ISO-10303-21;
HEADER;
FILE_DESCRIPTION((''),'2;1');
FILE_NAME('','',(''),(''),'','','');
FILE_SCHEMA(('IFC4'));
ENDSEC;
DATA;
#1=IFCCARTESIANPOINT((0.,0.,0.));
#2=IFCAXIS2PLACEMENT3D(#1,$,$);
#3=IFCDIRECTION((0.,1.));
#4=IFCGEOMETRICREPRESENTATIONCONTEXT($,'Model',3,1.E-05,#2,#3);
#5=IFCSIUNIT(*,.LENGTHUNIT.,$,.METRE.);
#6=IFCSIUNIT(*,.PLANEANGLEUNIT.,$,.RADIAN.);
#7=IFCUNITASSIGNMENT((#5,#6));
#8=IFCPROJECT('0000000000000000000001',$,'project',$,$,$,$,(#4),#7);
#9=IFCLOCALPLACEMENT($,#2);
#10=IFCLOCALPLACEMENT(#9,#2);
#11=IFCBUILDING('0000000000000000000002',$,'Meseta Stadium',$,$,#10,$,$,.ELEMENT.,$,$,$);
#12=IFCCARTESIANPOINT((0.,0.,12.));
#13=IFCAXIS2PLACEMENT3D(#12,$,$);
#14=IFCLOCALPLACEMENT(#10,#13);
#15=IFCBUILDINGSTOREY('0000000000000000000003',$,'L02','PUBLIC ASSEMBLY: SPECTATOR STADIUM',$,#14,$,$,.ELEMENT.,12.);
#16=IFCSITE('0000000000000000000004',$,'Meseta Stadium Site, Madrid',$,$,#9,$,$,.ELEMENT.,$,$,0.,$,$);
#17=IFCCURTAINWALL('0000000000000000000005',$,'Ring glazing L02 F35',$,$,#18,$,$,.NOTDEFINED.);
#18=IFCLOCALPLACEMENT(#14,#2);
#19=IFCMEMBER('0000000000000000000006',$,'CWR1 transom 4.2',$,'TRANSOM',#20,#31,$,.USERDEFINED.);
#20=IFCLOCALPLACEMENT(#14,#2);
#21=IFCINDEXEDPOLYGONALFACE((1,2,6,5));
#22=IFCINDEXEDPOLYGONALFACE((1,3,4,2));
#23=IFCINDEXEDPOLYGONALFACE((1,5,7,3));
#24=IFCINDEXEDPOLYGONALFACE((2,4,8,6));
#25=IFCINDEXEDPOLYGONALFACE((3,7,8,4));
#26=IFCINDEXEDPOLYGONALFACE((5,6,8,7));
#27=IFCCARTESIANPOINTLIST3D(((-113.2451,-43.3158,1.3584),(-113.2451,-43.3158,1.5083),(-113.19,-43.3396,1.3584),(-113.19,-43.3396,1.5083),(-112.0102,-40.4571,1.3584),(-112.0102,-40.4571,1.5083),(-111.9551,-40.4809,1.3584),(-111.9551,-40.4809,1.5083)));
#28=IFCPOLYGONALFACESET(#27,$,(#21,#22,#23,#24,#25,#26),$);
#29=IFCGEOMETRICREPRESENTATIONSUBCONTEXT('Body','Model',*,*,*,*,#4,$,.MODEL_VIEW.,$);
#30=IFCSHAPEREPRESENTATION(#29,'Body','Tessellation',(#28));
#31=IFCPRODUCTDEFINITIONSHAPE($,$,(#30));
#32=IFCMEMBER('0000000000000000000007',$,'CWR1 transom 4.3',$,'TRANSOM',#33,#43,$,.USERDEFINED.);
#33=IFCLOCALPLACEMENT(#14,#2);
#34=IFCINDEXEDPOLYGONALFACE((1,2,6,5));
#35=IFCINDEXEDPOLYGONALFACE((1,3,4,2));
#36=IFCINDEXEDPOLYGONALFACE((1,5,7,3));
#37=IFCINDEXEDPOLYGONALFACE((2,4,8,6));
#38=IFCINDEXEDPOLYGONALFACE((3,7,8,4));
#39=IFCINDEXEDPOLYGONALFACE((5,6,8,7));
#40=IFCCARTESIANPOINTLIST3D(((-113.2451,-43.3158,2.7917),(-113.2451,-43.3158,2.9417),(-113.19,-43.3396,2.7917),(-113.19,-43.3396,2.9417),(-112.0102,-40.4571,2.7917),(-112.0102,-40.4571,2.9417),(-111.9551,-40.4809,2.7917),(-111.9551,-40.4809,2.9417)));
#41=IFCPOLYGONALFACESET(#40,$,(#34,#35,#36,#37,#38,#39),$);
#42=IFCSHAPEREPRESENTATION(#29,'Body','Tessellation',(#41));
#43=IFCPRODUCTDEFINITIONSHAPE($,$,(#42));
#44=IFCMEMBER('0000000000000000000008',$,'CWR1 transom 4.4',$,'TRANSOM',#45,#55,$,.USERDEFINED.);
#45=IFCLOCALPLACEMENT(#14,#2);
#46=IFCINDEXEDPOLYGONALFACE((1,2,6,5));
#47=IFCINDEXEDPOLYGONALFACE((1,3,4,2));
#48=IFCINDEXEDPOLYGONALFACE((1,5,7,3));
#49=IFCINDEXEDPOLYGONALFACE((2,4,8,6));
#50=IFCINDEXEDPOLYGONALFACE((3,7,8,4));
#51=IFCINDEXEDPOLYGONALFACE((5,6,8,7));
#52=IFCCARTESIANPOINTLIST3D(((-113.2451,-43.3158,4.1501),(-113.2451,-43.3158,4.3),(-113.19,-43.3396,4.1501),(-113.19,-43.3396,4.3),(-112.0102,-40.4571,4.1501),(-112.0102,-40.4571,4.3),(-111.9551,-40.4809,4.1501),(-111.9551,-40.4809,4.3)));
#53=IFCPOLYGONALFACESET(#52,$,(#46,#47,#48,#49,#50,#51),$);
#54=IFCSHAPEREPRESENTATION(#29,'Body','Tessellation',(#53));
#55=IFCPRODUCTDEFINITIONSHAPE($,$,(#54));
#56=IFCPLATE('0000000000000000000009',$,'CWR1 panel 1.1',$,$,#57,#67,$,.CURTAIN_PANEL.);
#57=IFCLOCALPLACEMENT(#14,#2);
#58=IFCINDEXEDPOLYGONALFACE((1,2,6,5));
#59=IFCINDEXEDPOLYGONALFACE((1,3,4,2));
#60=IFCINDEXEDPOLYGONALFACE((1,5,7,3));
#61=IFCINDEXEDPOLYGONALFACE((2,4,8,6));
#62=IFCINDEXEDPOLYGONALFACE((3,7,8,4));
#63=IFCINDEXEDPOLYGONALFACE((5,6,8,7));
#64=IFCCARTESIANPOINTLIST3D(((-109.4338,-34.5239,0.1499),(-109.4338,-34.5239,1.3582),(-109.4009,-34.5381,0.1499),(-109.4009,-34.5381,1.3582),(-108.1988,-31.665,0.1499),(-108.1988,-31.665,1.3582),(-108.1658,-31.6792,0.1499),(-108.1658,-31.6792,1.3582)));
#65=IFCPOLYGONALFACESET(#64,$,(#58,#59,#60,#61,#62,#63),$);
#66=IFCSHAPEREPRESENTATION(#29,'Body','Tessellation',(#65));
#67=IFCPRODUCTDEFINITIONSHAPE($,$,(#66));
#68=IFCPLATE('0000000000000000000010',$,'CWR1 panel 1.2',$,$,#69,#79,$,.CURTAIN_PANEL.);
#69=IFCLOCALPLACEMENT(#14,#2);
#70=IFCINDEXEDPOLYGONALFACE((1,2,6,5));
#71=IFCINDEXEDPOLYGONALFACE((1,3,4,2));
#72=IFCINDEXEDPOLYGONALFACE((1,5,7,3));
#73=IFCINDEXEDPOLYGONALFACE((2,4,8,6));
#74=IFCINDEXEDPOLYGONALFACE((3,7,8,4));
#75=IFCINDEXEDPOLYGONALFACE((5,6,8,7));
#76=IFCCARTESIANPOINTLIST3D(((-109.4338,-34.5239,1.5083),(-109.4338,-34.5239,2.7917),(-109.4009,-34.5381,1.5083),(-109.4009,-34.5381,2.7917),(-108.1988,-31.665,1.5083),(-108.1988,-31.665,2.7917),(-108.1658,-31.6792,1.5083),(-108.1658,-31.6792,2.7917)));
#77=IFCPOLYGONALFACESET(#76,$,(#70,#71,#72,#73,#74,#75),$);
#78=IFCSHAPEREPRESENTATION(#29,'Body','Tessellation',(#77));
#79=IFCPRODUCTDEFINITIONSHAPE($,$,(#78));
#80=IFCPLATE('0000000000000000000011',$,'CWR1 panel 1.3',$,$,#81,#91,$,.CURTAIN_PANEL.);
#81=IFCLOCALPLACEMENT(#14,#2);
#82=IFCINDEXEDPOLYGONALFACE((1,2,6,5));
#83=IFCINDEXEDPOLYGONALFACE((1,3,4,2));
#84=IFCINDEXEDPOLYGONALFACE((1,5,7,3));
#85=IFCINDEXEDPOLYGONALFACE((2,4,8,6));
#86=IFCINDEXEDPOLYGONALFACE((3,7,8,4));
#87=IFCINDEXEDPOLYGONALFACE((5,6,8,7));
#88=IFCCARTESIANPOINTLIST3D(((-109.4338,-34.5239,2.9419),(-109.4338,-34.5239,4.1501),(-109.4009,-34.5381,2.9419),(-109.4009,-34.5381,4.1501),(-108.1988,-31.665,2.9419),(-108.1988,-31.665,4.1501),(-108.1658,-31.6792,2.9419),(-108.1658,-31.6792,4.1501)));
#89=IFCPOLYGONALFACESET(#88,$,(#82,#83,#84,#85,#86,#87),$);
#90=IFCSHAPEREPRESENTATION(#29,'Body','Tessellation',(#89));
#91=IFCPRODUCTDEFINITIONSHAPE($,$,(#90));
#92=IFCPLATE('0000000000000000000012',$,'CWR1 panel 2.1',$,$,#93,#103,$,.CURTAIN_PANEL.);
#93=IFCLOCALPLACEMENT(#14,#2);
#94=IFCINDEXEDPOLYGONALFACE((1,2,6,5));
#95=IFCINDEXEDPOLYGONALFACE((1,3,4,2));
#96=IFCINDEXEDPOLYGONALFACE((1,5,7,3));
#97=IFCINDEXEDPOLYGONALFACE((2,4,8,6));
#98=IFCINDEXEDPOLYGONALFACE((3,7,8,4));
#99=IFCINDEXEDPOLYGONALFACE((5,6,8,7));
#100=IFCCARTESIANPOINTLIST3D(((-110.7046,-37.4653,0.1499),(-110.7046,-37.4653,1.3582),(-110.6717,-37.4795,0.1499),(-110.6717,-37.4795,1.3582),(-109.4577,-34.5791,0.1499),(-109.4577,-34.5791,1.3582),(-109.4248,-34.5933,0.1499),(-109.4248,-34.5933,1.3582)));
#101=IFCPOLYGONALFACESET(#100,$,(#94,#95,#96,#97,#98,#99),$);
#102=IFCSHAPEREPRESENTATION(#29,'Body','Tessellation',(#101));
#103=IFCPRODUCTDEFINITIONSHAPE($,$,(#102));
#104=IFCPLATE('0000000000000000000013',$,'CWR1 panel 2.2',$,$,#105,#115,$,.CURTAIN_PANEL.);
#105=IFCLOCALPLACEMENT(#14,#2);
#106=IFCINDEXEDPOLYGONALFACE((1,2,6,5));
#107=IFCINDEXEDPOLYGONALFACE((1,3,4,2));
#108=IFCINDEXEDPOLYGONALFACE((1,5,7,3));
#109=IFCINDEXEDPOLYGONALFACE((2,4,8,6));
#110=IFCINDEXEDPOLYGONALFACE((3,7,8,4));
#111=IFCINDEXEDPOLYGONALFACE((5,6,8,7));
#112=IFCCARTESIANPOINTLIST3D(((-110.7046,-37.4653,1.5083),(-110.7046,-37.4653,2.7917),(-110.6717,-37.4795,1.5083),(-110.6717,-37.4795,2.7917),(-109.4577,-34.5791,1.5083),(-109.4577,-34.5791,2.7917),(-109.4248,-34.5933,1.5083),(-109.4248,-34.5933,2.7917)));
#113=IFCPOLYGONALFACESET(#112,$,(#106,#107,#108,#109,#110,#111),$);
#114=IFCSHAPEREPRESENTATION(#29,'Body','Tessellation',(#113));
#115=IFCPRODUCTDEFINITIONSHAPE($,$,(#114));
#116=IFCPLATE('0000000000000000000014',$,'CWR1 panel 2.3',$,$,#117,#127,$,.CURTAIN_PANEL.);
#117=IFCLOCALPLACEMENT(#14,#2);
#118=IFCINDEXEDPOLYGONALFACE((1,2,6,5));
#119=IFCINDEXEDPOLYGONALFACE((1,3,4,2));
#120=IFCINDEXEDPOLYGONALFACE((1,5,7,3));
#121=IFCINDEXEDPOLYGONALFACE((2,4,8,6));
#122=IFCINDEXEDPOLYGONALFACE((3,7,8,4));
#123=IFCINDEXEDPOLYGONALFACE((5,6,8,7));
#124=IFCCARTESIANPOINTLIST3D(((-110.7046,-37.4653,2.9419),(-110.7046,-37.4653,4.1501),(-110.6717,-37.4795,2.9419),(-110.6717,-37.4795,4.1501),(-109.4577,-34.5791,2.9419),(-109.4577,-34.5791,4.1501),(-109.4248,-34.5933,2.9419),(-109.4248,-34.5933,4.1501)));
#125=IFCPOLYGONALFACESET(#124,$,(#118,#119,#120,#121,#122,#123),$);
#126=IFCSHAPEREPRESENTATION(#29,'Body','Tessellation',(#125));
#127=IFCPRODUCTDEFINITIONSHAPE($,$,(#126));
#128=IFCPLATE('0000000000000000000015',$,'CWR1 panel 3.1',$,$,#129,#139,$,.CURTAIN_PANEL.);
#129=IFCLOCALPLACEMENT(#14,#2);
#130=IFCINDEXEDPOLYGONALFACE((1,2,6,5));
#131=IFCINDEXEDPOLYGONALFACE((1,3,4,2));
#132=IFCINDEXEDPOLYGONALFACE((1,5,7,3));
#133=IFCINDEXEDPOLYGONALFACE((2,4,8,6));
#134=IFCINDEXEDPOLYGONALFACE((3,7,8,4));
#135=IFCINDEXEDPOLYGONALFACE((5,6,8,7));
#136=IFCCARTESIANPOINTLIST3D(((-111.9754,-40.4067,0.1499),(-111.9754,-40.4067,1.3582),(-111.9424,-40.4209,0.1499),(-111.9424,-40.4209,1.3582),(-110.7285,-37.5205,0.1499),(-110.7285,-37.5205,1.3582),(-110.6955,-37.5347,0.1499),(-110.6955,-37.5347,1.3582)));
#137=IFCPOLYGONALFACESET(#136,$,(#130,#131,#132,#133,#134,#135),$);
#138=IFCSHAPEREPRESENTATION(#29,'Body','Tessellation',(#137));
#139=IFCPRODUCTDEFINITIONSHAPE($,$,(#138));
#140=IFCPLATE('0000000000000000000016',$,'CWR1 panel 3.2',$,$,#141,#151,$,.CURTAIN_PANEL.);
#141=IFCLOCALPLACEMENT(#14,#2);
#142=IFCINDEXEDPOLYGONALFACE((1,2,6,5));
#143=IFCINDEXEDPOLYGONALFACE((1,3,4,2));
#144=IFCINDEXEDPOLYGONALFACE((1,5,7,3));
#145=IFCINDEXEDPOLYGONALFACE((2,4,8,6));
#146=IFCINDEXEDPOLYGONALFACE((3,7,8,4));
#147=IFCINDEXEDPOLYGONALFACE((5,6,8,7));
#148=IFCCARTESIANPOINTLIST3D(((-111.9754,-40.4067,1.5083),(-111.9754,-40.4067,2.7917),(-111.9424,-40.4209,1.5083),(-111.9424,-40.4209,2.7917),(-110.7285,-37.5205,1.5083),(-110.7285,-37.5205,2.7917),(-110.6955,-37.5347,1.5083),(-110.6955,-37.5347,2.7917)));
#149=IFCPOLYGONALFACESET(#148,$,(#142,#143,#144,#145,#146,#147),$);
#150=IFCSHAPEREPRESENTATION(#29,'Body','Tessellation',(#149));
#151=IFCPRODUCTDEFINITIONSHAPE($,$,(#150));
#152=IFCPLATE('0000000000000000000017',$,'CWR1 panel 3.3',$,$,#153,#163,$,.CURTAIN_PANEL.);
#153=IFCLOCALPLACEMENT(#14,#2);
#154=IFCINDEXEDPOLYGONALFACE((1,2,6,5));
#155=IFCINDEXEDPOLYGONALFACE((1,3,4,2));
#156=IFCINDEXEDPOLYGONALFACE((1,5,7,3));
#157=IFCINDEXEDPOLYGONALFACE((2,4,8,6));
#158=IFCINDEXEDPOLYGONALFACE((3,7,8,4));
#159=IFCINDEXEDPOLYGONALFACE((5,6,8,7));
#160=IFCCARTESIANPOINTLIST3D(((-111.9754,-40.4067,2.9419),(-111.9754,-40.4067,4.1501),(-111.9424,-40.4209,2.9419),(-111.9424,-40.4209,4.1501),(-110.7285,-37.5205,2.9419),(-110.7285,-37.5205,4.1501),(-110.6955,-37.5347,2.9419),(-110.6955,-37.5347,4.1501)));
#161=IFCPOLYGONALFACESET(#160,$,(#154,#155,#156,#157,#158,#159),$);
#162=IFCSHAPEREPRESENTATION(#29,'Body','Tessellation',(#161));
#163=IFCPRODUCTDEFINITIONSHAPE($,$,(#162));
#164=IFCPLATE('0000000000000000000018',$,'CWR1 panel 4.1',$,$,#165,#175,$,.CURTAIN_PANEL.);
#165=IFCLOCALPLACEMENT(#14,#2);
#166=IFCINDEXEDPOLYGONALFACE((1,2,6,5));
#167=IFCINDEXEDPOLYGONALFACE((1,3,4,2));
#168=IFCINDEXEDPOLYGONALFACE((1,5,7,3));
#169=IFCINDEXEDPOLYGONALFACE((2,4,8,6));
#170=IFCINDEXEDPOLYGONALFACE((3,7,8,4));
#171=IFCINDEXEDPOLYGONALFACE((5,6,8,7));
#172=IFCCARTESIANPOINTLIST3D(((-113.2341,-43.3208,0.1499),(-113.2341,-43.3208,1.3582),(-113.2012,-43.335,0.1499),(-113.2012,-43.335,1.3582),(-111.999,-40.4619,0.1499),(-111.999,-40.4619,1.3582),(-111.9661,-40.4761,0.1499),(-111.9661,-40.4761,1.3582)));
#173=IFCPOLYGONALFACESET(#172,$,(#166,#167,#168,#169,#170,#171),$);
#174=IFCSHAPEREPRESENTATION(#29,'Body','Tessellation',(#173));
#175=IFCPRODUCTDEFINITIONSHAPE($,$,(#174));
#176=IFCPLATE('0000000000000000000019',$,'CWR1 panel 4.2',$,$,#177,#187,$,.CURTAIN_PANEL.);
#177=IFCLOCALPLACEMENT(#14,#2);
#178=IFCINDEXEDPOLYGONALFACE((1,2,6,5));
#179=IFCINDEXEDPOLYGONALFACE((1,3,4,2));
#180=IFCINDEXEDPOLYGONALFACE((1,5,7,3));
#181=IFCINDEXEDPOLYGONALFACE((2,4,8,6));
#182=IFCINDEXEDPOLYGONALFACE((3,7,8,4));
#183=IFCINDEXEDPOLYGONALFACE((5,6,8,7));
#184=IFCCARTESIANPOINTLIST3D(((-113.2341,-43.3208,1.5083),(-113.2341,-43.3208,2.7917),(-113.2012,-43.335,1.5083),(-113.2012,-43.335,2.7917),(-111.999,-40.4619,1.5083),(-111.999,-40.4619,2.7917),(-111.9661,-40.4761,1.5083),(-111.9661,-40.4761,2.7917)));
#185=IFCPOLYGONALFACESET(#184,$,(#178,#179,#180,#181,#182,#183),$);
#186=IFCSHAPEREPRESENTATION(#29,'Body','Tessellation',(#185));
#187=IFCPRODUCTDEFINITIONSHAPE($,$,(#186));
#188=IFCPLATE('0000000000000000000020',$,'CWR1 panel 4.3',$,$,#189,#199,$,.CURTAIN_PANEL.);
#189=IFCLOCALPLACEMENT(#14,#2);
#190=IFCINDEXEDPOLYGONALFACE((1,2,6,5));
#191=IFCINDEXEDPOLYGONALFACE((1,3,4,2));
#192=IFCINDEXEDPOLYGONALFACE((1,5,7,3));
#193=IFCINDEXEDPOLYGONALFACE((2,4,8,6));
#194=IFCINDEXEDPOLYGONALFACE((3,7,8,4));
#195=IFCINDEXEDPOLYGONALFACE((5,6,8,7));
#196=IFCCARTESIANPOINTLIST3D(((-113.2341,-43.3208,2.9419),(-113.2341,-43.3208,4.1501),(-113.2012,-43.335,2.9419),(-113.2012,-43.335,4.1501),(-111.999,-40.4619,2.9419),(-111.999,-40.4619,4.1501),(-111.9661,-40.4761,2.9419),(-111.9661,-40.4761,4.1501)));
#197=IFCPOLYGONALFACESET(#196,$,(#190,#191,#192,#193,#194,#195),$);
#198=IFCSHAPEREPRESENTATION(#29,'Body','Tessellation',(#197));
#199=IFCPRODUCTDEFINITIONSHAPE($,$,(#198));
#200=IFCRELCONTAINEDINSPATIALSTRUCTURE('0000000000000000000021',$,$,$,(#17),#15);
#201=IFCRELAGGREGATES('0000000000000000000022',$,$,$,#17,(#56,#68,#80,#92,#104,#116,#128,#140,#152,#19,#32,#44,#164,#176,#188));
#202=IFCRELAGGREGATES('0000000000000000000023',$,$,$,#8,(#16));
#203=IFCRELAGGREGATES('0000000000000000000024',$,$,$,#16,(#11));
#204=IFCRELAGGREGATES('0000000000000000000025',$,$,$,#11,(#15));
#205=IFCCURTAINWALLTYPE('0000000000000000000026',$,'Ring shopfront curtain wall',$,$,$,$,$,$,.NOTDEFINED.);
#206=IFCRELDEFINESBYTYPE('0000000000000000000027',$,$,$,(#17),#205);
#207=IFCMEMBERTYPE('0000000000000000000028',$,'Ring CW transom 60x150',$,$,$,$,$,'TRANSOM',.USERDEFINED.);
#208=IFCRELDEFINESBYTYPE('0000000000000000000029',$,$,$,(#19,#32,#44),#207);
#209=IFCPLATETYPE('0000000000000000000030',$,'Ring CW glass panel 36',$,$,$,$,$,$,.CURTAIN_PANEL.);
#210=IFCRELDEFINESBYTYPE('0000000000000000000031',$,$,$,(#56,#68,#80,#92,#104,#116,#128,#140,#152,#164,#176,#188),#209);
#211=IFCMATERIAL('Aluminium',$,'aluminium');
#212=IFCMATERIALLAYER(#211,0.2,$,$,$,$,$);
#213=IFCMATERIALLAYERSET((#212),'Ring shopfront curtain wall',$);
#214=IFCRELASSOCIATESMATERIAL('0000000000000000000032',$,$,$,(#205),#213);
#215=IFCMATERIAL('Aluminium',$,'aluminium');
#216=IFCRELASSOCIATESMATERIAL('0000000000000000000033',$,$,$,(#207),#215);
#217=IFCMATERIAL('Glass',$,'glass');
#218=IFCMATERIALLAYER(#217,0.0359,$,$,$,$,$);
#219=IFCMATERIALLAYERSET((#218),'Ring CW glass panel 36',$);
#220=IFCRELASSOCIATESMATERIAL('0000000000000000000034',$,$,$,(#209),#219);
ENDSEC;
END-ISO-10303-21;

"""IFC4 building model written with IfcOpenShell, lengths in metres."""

from ifc_helpers import new_model, si_unit, direction, frame, origin, origin_2d, place, context, subcontext, project, spatial, rectangle, extrude, material, layer, layer_set, material_profile, profile_set, type_object, element, aggregate, save


model = new_model("IFC4")

# Units and contexts
model_context = context("Model", 3, precision=1e-05, world=origin(), true_north=direction((0.0, 1.0)))
body_context = subcontext(model_context, "Body", "Model", "MODEL_VIEW")
ifc_project = project(units=[si_unit("LENGTHUNIT", "METRE"), si_unit("PLANEANGLEUNIT", "RADIAN")], contexts=[model_context])

# Site, building, storey
site_placement = place(None, origin())
site = spatial("IfcSite", under=ifc_project, at=site_placement, Name="Meseta Stadium Site, Madrid", CompositionType="ELEMENT", RefElevation=0.0)
building_placement = place(site_placement, origin())
building = spatial("IfcBuilding", under=site, at=building_placement, Name="Meseta Stadium", CompositionType="ELEMENT")
storey_placement = place(building_placement, frame((0.0, 0.0, 12.0)))
storey = spatial("IfcBuildingStorey", under=building, at=storey_placement, Name="L02", Description="PUBLIC ASSEMBLY: SPECTATOR STADIUM", CompositionType="ELEMENT", Elevation=12.0)

# Curtain wall, members, plates
ifc_material_1 = material(Name="Aluminium", Category="aluminium")
ifc_layer_1 = layer(ifc_material_1, 0.2)
ifc_layer_set_1 = layer_set([ifc_layer_1], Name="Ring shopfront curtain wall")
curtain_wall_type = type_object("IfcCurtainWallType", Name="Ring shopfront curtain wall", PredefinedType="NOTDEFINED", material=ifc_layer_set_1)
curtain_wall_placement = place(storey_placement, origin())
curtain_wall = element("IfcCurtainWall", 1, at=curtain_wall_placement, inside=storey, type_object=curtain_wall_type, Name="Ring glazing L02 F35", PredefinedType="NOTDEFINED")
ifc_material_2 = material(Name="Aluminium", Category="aluminium")
ifc_material_profile_1 = material_profile(ifc_material_2, rectangle(XDim=0.0601, YDim=0.1499, at=origin_2d()), Name="CW 60x150")
ifc_profile_set_1 = profile_set([ifc_material_profile_1], Name="Aluminium")
member_type_1 = type_object("IfcMemberType", Name="Ring CW transom 60x150", ElementType="TRANSOM", PredefinedType="USERDEFINED", material=ifc_profile_set_1)
member_1_placement = place(storey_placement, frame((-111.9827, -40.469, 1.4333), z_axis=(-0.396558, -0.91801, 0.0), x_axis=(0.91801, -0.396558, 0.0)))
member_1 = element("IfcMember", 2, at=member_1_placement, type_object=member_type_1, Name="CWR1 transom 4.2", ObjectType="TRANSOM", PredefinedType="USERDEFINED", context=body_context, shape_type="SweptSolid", body=[
    extrude(rectangle(XDim=0.0601, YDim=0.1499, at=origin_2d()), origin(), (0.0, 0.0, 1.0), 3.114),
])
member_2_placement = place(storey_placement, frame((-111.9827, -40.469, 2.8667), z_axis=(-0.396558, -0.91801, 0.0), x_axis=(0.91801, -0.396558, 0.0)))
member_2 = element("IfcMember", 3, at=member_2_placement, type_object=member_type_1, Name="CWR1 transom 4.3", ObjectType="TRANSOM", PredefinedType="USERDEFINED", context=body_context, shape_type="SweptSolid", body=[
    extrude(rectangle(XDim=0.0601, YDim=0.1499, at=origin_2d()), origin(), (0.0, 0.0, 1.0), 3.114),
])
member_3_placement = place(storey_placement, frame((-111.9827, -40.469, 4.2251), z_axis=(-0.396558, -0.91801, 0.0), x_axis=(0.91801, -0.396558, 0.0)))
member_3 = element("IfcMember", 4, at=member_3_placement, type_object=member_type_1, Name="CWR1 transom 4.4", ObjectType="TRANSOM", PredefinedType="USERDEFINED", context=body_context, shape_type="SweptSolid", body=[
    extrude(rectangle(XDim=0.0601, YDim=0.1499, at=origin_2d()), origin(), (0.0, 0.0, 1.0), 3.114),
])
ifc_material_3 = material(Name="Glass", Category="glass")
ifc_layer_2 = layer(ifc_material_3, 0.0359)
ifc_layer_set_2 = layer_set([ifc_layer_2], Name="Ring CW glass panel 36")
plate_type_1 = type_object("IfcPlateType", Name="Ring CW glass panel 36", PredefinedType="CURTAIN_PANEL", material=ifc_layer_set_2)
plate_1_placement = place(storey_placement, frame((-108.7998, -33.1016, 0.1499), z_axis=(0.0, 0.0, 1.0), x_axis=(-0.396581, -0.918, 0.0)))
plate_1 = element("IfcPlate", 5, at=plate_1_placement, type_object=plate_type_1, Name="CWR1 panel 1.1", PredefinedType="CURTAIN_PANEL", context=body_context, shape_type="SweptSolid", body=[
    extrude(rectangle(XDim=3.1143, YDim=0.0359, at=origin_2d()), origin(), (0.0, 0.0, 1.0), 1.2083),
])
plate_2_placement = place(storey_placement, frame((-108.7998, -33.1016, 1.5083), z_axis=(0.0, 0.0, 1.0), x_axis=(-0.396581, -0.918, 0.0)))
plate_2 = element("IfcPlate", 6, at=plate_2_placement, type_object=plate_type_1, Name="CWR1 panel 1.2", PredefinedType="CURTAIN_PANEL", context=body_context, shape_type="SweptSolid", body=[
    extrude(rectangle(XDim=3.1143, YDim=0.0359, at=origin_2d()), origin(), (0.0, 0.0, 1.0), 1.2834),
])
plate_3_placement = place(storey_placement, frame((-108.7998, -33.1016, 2.9419), z_axis=(0.0, 0.0, 1.0), x_axis=(-0.396581, -0.918, 0.0)))
plate_3 = element("IfcPlate", 7, at=plate_3_placement, type_object=plate_type_1, Name="CWR1 panel 1.3", PredefinedType="CURTAIN_PANEL", context=body_context, shape_type="SweptSolid", body=[
    extrude(rectangle(XDim=3.1143, YDim=0.0359, at=origin_2d()), origin(), (0.0, 0.0, 1.0), 1.2083),
])
plate_4_placement = place(storey_placement, frame((-110.0647, -36.0293, 0.1499), z_axis=(0.0, 0.0, 1.0), x_axis=(-0.396581, -0.918, 0.0)))
plate_4 = element("IfcPlate", 8, at=plate_4_placement, type_object=plate_type_1, Name="CWR1 panel 2.1", PredefinedType="CURTAIN_PANEL", context=body_context, shape_type="SweptSolid", body=[
    extrude(rectangle(XDim=3.144, YDim=0.0359, at=origin_2d()), origin(), (0.0, 0.0, 1.0), 1.2083),
])
plate_5_placement = place(storey_placement, frame((-110.0647, -36.0293, 1.5083), z_axis=(0.0, 0.0, 1.0), x_axis=(-0.396581, -0.918, 0.0)))
plate_5 = element("IfcPlate", 9, at=plate_5_placement, type_object=plate_type_1, Name="CWR1 panel 2.2", PredefinedType="CURTAIN_PANEL", context=body_context, shape_type="SweptSolid", body=[
    extrude(rectangle(XDim=3.144, YDim=0.0359, at=origin_2d()), origin(), (0.0, 0.0, 1.0), 1.2834),
])
plate_6_placement = place(storey_placement, frame((-110.0647, -36.0293, 2.9419), z_axis=(0.0, 0.0, 1.0), x_axis=(-0.396581, -0.918, 0.0)))
plate_6 = element("IfcPlate", 10, at=plate_6_placement, type_object=plate_type_1, Name="CWR1 panel 2.3", PredefinedType="CURTAIN_PANEL", context=body_context, shape_type="SweptSolid", body=[
    extrude(rectangle(XDim=3.144, YDim=0.0359, at=origin_2d()), origin(), (0.0, 0.0, 1.0), 1.2083),
])
plate_7_placement = place(storey_placement, frame((-111.3354, -38.9707, 0.1499), z_axis=(0.0, 0.0, 1.0), x_axis=(-0.396581, -0.918, 0.0)))
plate_7 = element("IfcPlate", 11, at=plate_7_placement, type_object=plate_type_1, Name="CWR1 panel 3.1", PredefinedType="CURTAIN_PANEL", context=body_context, shape_type="SweptSolid", body=[
    extrude(rectangle(XDim=3.144, YDim=0.0359, at=origin_2d()), origin(), (0.0, 0.0, 1.0), 1.2083),
])
plate_8_placement = place(storey_placement, frame((-111.3354, -38.9707, 1.5083), z_axis=(0.0, 0.0, 1.0), x_axis=(-0.396581, -0.918, 0.0)))
plate_8 = element("IfcPlate", 12, at=plate_8_placement, type_object=plate_type_1, Name="CWR1 panel 3.2", PredefinedType="CURTAIN_PANEL", context=body_context, shape_type="SweptSolid", body=[
    extrude(rectangle(XDim=3.144, YDim=0.0359, at=origin_2d()), origin(), (0.0, 0.0, 1.0), 1.2834),
])
plate_9_placement = place(storey_placement, frame((-111.3354, -38.9707, 2.9419), z_axis=(0.0, 0.0, 1.0), x_axis=(-0.396581, -0.918, 0.0)))
plate_9 = element("IfcPlate", 13, at=plate_9_placement, type_object=plate_type_1, Name="CWR1 panel 3.3", PredefinedType="CURTAIN_PANEL", context=body_context, shape_type="SweptSolid", body=[
    extrude(rectangle(XDim=3.144, YDim=0.0359, at=origin_2d()), origin(), (0.0, 0.0, 1.0), 1.2083),
])
plate_10_placement = place(storey_placement, frame((-112.6001, -41.8984, 0.1499), z_axis=(0.0, 0.0, 1.0), x_axis=(-0.396581, -0.918, 0.0)))
plate_10 = element("IfcPlate", 14, at=plate_10_placement, type_object=plate_type_1, Name="CWR1 panel 4.1", PredefinedType="CURTAIN_PANEL", context=body_context, shape_type="SweptSolid", body=[
    extrude(rectangle(XDim=3.1143, YDim=0.0359, at=origin_2d()), origin(), (0.0, 0.0, 1.0), 1.2083),
])
plate_11_placement = place(storey_placement, frame((-112.6001, -41.8984, 1.5083), z_axis=(0.0, 0.0, 1.0), x_axis=(-0.396581, -0.918, 0.0)))
plate_11 = element("IfcPlate", 15, at=plate_11_placement, type_object=plate_type_1, Name="CWR1 panel 4.2", PredefinedType="CURTAIN_PANEL", context=body_context, shape_type="SweptSolid", body=[
    extrude(rectangle(XDim=3.1143, YDim=0.0359, at=origin_2d()), origin(), (0.0, 0.0, 1.0), 1.2834),
])
plate_12_placement = place(storey_placement, frame((-112.6001, -41.8984, 2.9419), z_axis=(0.0, 0.0, 1.0), x_axis=(-0.396581, -0.918, 0.0)))
plate_12 = element("IfcPlate", 16, at=plate_12_placement, type_object=plate_type_1, Name="CWR1 panel 4.3", PredefinedType="CURTAIN_PANEL", context=body_context, shape_type="SweptSolid", body=[
    extrude(rectangle(XDim=3.1143, YDim=0.0359, at=origin_2d()), origin(), (0.0, 0.0, 1.0), 1.2083),
])
aggregate(curtain_wall, [plate_1, plate_2, plate_3, plate_4, plate_5, plate_6, plate_7, plate_8, plate_9, member_1, member_2, member_3, plate_10, plate_11, plate_12])

save(model, "model.ifc")
